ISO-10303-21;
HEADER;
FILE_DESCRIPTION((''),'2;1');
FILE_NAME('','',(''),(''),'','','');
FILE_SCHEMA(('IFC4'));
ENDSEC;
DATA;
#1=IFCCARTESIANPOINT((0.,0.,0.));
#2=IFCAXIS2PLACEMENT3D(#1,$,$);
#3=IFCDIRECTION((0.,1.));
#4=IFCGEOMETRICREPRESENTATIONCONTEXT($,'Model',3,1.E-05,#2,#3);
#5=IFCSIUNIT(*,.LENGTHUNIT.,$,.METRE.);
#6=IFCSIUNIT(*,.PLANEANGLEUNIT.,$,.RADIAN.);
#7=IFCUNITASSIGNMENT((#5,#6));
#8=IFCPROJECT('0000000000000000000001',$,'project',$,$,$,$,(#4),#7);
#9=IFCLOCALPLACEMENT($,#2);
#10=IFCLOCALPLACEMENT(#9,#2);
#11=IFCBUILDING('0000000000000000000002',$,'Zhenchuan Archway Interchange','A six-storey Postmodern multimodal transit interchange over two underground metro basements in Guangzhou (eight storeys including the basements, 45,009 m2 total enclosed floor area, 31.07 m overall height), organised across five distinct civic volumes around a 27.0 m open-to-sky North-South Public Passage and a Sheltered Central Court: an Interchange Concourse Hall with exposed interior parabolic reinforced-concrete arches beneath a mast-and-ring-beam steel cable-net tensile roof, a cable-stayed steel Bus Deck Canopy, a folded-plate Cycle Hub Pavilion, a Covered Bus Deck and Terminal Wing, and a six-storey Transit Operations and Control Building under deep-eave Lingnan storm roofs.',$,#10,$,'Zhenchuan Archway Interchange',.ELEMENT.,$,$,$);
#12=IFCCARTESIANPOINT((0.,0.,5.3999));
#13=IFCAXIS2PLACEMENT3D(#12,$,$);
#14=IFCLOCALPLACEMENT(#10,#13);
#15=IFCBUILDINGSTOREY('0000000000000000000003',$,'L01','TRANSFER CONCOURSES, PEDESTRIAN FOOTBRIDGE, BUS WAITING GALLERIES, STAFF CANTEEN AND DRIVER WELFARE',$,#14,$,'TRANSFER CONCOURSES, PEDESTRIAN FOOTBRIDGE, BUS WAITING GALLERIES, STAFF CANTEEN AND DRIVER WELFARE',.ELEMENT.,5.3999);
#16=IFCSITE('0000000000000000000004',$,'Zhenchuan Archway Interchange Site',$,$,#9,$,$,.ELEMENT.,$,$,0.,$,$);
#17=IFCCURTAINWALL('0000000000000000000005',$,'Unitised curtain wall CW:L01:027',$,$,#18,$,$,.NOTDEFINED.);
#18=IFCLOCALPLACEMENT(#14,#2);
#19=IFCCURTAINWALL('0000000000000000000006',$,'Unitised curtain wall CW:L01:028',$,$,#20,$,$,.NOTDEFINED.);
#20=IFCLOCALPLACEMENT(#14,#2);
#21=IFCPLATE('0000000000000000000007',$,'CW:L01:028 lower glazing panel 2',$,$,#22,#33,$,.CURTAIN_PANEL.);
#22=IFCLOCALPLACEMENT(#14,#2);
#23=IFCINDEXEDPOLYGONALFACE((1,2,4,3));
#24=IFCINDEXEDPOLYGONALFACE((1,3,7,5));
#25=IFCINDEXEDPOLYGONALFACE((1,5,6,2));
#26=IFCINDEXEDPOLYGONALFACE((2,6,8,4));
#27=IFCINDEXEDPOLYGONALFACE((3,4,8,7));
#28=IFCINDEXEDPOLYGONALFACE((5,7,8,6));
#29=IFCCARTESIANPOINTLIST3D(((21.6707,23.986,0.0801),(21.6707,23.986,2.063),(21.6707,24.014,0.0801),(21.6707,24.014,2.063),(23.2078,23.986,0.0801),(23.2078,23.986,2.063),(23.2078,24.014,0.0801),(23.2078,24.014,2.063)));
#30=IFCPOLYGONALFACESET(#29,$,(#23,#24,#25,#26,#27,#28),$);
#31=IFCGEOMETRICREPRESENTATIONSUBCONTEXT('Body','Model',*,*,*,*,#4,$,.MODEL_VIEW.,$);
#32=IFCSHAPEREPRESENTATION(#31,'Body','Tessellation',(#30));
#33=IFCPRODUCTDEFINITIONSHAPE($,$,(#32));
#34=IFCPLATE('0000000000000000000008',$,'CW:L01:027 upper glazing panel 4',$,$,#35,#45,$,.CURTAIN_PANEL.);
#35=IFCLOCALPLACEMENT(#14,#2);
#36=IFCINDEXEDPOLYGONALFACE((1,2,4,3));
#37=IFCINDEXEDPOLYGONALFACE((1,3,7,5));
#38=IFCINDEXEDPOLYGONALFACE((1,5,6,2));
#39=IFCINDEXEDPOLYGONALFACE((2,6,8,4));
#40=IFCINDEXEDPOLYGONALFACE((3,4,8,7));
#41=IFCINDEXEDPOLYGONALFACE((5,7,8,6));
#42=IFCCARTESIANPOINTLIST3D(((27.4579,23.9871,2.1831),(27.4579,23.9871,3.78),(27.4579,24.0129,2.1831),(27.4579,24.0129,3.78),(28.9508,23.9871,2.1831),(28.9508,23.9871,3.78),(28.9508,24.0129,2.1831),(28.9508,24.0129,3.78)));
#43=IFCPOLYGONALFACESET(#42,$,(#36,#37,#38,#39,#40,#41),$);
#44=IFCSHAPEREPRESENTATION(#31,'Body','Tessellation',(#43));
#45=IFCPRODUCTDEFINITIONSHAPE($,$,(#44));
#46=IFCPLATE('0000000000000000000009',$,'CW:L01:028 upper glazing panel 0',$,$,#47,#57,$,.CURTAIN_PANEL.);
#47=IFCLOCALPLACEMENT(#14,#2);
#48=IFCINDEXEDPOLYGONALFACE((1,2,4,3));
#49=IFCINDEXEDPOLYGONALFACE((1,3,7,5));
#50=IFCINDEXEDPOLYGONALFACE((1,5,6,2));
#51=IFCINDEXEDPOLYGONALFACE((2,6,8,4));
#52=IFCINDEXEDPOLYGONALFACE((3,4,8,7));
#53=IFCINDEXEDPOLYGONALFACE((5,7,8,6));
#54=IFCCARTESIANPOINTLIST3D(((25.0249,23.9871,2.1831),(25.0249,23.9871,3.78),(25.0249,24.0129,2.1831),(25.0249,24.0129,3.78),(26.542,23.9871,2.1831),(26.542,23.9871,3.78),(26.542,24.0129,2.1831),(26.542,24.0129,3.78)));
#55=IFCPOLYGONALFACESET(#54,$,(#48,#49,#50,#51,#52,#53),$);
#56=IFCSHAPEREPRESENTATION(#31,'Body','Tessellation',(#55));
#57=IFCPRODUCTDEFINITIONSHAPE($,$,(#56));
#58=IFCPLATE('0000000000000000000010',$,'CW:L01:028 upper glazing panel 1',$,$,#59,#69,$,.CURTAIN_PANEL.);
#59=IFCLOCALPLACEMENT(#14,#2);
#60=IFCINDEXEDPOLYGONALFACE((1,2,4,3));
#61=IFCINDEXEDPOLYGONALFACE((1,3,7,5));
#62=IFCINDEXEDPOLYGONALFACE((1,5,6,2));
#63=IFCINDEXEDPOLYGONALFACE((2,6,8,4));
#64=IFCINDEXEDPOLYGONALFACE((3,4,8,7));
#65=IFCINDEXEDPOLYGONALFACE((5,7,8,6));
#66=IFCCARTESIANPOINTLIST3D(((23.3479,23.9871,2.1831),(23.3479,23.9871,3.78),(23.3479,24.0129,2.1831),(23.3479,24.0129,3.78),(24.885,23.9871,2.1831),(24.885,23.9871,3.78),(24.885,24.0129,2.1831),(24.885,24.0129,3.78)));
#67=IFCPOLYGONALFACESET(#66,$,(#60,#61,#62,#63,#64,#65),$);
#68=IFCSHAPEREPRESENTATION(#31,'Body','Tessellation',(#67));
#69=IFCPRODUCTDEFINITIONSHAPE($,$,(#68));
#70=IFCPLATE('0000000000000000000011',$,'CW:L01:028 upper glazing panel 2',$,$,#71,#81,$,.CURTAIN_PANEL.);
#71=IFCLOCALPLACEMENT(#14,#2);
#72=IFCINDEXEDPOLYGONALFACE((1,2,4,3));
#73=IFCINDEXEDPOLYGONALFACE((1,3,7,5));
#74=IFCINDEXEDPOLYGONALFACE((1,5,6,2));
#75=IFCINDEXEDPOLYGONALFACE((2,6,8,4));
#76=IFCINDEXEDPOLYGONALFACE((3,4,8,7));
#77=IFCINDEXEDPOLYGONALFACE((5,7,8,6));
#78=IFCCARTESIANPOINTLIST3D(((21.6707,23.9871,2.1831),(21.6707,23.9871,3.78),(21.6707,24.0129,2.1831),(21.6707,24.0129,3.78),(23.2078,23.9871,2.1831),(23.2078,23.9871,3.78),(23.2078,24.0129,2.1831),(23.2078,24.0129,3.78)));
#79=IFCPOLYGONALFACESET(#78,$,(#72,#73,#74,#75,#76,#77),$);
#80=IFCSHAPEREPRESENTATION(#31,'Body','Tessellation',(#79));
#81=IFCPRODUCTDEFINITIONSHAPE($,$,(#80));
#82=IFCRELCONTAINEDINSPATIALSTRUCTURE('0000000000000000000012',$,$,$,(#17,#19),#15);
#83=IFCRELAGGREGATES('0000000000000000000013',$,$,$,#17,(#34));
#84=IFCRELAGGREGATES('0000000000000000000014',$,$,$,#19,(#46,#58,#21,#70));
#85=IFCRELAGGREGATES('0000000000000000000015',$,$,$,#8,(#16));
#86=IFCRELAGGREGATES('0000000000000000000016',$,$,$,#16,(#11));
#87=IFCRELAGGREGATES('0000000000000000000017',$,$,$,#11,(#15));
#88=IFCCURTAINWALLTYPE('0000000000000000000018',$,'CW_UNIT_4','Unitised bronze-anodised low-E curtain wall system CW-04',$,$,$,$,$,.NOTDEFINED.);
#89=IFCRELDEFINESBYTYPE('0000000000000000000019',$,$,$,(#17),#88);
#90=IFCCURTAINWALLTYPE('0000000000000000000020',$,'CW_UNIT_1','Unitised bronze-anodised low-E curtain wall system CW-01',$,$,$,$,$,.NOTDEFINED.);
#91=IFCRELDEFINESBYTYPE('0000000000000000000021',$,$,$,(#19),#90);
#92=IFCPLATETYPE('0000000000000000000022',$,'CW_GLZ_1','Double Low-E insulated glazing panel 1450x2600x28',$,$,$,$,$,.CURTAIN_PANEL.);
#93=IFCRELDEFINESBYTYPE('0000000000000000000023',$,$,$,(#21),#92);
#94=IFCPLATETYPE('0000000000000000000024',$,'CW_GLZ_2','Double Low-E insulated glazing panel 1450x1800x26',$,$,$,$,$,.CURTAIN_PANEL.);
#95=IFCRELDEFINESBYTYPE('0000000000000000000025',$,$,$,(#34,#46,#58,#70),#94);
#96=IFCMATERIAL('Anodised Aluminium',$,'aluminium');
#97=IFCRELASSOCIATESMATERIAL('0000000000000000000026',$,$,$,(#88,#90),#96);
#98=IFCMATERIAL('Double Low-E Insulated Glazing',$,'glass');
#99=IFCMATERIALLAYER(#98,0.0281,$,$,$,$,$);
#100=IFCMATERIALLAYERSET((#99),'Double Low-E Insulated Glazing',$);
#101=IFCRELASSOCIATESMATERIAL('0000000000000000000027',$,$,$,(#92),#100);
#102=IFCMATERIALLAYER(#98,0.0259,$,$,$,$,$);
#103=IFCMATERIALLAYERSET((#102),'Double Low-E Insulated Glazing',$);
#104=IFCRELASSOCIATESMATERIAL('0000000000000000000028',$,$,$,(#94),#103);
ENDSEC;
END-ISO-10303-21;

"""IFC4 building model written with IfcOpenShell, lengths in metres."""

from ifc_helpers import new_model, si_unit, direction, frame, origin, origin_2d, place, context, subcontext, project, spatial, rectangle, extrude, material, layer, layer_set, type_object, element, aggregate, save


model = new_model("IFC4")

# Units and contexts
model_context = context("Model", 3, precision=1e-05, world=origin(), true_north=direction((0.0, 1.0)))
body_context = subcontext(model_context, "Body", "Model", "MODEL_VIEW")
ifc_project = project(units=[si_unit("LENGTHUNIT", "METRE"), si_unit("PLANEANGLEUNIT", "RADIAN")], contexts=[model_context])

# Site, building, storey
site_placement = place(None, origin())
site = spatial("IfcSite", under=ifc_project, at=site_placement, Name="Zhenchuan Archway Interchange Site", CompositionType="ELEMENT", RefElevation=0.0)
building_placement = place(site_placement, origin())
building = spatial("IfcBuilding", under=site, at=building_placement, Name="Zhenchuan Archway Interchange", Description="A six-storey Postmodern multimodal transit interchange over two underground metro basements in Guangzhou (eight storeys including the basements, 45,009 m2 total enclosed floor area, 31.07 m overall height), organised across five distinct civic volumes around a 27.0 m open-to-sky North-South Public Passage and a Sheltered Central Court: an Interchange Concourse Hall with exposed interior parabolic reinforced-concrete arches beneath a mast-and-ring-beam steel cable-net tensile roof, a cable-stayed steel Bus Deck Canopy, a folded-plate Cycle Hub Pavilion, a Covered Bus Deck and Terminal Wing, and a six-storey Transit Operations and Control Building under deep-eave Lingnan storm roofs.", LongName="Zhenchuan Archway Interchange", CompositionType="ELEMENT")
storey_placement = place(building_placement, frame((0.0, 0.0, 5.3999)))
storey = spatial("IfcBuildingStorey", under=building, at=storey_placement, Name="L01", Description="TRANSFER CONCOURSES, PEDESTRIAN FOOTBRIDGE, BUS WAITING GALLERIES, STAFF CANTEEN AND DRIVER WELFARE", LongName="TRANSFER CONCOURSES, PEDESTRIAN FOOTBRIDGE, BUS WAITING GALLERIES, STAFF CANTEEN AND DRIVER WELFARE", CompositionType="ELEMENT", Elevation=5.3999)

# Curtain wall
ifc_material_1 = material(Name="Anodised Aluminium", Category="aluminium")
curtain_wall_type_1 = type_object("IfcCurtainWallType", Name="CW_UNIT_4", Description="Unitised bronze-anodised low-E curtain wall system CW-04", PredefinedType="NOTDEFINED", material=ifc_material_1)
curtain_wall_1_placement = place(storey_placement, origin())
curtain_wall_1 = element("IfcCurtainWall", 1, at=curtain_wall_1_placement, inside=storey, type_object=curtain_wall_type_1, Name="Unitised curtain wall CW:L01:027", PredefinedType="NOTDEFINED")

# Curtain wall
curtain_wall_type_2 = type_object("IfcCurtainWallType", Name="CW_UNIT_1", Description="Unitised bronze-anodised low-E curtain wall system CW-01", PredefinedType="NOTDEFINED", material=ifc_material_1)
curtain_wall_2_placement = place(storey_placement, origin())
curtain_wall_2 = element("IfcCurtainWall", 2, at=curtain_wall_2_placement, inside=storey, type_object=curtain_wall_type_2, Name="Unitised curtain wall CW:L01:028", PredefinedType="NOTDEFINED")

# Plates
ifc_material_2 = material(Name="Double Low-E Insulated Glazing", Category="glass")
ifc_layer_1 = layer(ifc_material_2, 0.0281)
ifc_layer_set_1 = layer_set([ifc_layer_1], Name="Double Low-E Insulated Glazing")
plate_type_1 = type_object("IfcPlateType", Name="CW_GLZ_1", Description="Double Low-E insulated glazing panel 1450x2600x28", PredefinedType="CURTAIN_PANEL", material=ifc_layer_set_1)
plate_1_placement = place(storey_placement, frame((22.4392, 24.0, 0.0801), z_axis=(0.0, 0.0, 1.0), x_axis=(-1.0, 0.0, 0.0)))
plate_1 = element("IfcPlate", 3, at=plate_1_placement, type_object=plate_type_1, Name="CW:L01:028 lower glazing panel 2", PredefinedType="CURTAIN_PANEL", context=body_context, shape_type="SweptSolid", body=[
    extrude(rectangle(XDim=1.5371, YDim=0.0281, at=origin_2d()), origin(), (0.0, 0.0, 1.0), 1.9829),
])
ifc_layer_2 = layer(ifc_material_2, 0.0259)
ifc_layer_set_2 = layer_set([ifc_layer_2], Name="Double Low-E Insulated Glazing")
plate_type_2 = type_object("IfcPlateType", Name="CW_GLZ_2", Description="Double Low-E insulated glazing panel 1450x1800x26", PredefinedType="CURTAIN_PANEL", material=ifc_layer_set_2)
plate_2_placement = place(storey_placement, frame((28.2043, 24.0, 2.1831), z_axis=(0.0, 0.0, 1.0), x_axis=(-1.0, 0.0, 0.0)))
plate_2 = element("IfcPlate", 4, at=plate_2_placement, type_object=plate_type_2, Name="CW:L01:027 upper glazing panel 4", PredefinedType="CURTAIN_PANEL", context=body_context, shape_type="SweptSolid", body=[
    extrude(rectangle(XDim=1.4929, YDim=0.0259, at=origin_2d()), origin(), (0.0, 0.0, 1.0), 1.5969),
])
aggregate(curtain_wall_1, [plate_2])
plate_3_placement = place(storey_placement, frame((25.7834, 24.0, 2.1831), z_axis=(0.0, 0.0, 1.0), x_axis=(-1.0, 0.0, 0.0)))
plate_3 = element("IfcPlate", 5, at=plate_3_placement, type_object=plate_type_2, Name="CW:L01:028 upper glazing panel 0", PredefinedType="CURTAIN_PANEL", context=body_context, shape_type="SweptSolid", body=[
    extrude(rectangle(XDim=1.5171, YDim=0.0259, at=origin_2d()), origin(), (0.0, 0.0, 1.0), 1.5969),
])
plate_4_placement = place(storey_placement, frame((24.1165, 24.0, 2.1831), z_axis=(0.0, 0.0, 1.0), x_axis=(-1.0, 0.0, 0.0)))
plate_4 = element("IfcPlate", 6, at=plate_4_placement, type_object=plate_type_2, Name="CW:L01:028 upper glazing panel 1", PredefinedType="CURTAIN_PANEL", context=body_context, shape_type="SweptSolid", body=[
    extrude(rectangle(XDim=1.5371, YDim=0.0259, at=origin_2d()), origin(), (0.0, 0.0, 1.0), 1.5969),
])
plate_5_placement = place(storey_placement, frame((22.4392, 24.0, 2.1831), z_axis=(0.0, 0.0, 1.0), x_axis=(-1.0, 0.0, 0.0)))
plate_5 = element("IfcPlate", 7, at=plate_5_placement, type_object=plate_type_2, Name="CW:L01:028 upper glazing panel 2", PredefinedType="CURTAIN_PANEL", context=body_context, shape_type="SweptSolid", body=[
    extrude(rectangle(XDim=1.5371, YDim=0.0259, at=origin_2d()), origin(), (0.0, 0.0, 1.0), 1.5969),
])
aggregate(curtain_wall_2, [plate_3, plate_4, plate_1, plate_5])

save(model, "model.ifc")
